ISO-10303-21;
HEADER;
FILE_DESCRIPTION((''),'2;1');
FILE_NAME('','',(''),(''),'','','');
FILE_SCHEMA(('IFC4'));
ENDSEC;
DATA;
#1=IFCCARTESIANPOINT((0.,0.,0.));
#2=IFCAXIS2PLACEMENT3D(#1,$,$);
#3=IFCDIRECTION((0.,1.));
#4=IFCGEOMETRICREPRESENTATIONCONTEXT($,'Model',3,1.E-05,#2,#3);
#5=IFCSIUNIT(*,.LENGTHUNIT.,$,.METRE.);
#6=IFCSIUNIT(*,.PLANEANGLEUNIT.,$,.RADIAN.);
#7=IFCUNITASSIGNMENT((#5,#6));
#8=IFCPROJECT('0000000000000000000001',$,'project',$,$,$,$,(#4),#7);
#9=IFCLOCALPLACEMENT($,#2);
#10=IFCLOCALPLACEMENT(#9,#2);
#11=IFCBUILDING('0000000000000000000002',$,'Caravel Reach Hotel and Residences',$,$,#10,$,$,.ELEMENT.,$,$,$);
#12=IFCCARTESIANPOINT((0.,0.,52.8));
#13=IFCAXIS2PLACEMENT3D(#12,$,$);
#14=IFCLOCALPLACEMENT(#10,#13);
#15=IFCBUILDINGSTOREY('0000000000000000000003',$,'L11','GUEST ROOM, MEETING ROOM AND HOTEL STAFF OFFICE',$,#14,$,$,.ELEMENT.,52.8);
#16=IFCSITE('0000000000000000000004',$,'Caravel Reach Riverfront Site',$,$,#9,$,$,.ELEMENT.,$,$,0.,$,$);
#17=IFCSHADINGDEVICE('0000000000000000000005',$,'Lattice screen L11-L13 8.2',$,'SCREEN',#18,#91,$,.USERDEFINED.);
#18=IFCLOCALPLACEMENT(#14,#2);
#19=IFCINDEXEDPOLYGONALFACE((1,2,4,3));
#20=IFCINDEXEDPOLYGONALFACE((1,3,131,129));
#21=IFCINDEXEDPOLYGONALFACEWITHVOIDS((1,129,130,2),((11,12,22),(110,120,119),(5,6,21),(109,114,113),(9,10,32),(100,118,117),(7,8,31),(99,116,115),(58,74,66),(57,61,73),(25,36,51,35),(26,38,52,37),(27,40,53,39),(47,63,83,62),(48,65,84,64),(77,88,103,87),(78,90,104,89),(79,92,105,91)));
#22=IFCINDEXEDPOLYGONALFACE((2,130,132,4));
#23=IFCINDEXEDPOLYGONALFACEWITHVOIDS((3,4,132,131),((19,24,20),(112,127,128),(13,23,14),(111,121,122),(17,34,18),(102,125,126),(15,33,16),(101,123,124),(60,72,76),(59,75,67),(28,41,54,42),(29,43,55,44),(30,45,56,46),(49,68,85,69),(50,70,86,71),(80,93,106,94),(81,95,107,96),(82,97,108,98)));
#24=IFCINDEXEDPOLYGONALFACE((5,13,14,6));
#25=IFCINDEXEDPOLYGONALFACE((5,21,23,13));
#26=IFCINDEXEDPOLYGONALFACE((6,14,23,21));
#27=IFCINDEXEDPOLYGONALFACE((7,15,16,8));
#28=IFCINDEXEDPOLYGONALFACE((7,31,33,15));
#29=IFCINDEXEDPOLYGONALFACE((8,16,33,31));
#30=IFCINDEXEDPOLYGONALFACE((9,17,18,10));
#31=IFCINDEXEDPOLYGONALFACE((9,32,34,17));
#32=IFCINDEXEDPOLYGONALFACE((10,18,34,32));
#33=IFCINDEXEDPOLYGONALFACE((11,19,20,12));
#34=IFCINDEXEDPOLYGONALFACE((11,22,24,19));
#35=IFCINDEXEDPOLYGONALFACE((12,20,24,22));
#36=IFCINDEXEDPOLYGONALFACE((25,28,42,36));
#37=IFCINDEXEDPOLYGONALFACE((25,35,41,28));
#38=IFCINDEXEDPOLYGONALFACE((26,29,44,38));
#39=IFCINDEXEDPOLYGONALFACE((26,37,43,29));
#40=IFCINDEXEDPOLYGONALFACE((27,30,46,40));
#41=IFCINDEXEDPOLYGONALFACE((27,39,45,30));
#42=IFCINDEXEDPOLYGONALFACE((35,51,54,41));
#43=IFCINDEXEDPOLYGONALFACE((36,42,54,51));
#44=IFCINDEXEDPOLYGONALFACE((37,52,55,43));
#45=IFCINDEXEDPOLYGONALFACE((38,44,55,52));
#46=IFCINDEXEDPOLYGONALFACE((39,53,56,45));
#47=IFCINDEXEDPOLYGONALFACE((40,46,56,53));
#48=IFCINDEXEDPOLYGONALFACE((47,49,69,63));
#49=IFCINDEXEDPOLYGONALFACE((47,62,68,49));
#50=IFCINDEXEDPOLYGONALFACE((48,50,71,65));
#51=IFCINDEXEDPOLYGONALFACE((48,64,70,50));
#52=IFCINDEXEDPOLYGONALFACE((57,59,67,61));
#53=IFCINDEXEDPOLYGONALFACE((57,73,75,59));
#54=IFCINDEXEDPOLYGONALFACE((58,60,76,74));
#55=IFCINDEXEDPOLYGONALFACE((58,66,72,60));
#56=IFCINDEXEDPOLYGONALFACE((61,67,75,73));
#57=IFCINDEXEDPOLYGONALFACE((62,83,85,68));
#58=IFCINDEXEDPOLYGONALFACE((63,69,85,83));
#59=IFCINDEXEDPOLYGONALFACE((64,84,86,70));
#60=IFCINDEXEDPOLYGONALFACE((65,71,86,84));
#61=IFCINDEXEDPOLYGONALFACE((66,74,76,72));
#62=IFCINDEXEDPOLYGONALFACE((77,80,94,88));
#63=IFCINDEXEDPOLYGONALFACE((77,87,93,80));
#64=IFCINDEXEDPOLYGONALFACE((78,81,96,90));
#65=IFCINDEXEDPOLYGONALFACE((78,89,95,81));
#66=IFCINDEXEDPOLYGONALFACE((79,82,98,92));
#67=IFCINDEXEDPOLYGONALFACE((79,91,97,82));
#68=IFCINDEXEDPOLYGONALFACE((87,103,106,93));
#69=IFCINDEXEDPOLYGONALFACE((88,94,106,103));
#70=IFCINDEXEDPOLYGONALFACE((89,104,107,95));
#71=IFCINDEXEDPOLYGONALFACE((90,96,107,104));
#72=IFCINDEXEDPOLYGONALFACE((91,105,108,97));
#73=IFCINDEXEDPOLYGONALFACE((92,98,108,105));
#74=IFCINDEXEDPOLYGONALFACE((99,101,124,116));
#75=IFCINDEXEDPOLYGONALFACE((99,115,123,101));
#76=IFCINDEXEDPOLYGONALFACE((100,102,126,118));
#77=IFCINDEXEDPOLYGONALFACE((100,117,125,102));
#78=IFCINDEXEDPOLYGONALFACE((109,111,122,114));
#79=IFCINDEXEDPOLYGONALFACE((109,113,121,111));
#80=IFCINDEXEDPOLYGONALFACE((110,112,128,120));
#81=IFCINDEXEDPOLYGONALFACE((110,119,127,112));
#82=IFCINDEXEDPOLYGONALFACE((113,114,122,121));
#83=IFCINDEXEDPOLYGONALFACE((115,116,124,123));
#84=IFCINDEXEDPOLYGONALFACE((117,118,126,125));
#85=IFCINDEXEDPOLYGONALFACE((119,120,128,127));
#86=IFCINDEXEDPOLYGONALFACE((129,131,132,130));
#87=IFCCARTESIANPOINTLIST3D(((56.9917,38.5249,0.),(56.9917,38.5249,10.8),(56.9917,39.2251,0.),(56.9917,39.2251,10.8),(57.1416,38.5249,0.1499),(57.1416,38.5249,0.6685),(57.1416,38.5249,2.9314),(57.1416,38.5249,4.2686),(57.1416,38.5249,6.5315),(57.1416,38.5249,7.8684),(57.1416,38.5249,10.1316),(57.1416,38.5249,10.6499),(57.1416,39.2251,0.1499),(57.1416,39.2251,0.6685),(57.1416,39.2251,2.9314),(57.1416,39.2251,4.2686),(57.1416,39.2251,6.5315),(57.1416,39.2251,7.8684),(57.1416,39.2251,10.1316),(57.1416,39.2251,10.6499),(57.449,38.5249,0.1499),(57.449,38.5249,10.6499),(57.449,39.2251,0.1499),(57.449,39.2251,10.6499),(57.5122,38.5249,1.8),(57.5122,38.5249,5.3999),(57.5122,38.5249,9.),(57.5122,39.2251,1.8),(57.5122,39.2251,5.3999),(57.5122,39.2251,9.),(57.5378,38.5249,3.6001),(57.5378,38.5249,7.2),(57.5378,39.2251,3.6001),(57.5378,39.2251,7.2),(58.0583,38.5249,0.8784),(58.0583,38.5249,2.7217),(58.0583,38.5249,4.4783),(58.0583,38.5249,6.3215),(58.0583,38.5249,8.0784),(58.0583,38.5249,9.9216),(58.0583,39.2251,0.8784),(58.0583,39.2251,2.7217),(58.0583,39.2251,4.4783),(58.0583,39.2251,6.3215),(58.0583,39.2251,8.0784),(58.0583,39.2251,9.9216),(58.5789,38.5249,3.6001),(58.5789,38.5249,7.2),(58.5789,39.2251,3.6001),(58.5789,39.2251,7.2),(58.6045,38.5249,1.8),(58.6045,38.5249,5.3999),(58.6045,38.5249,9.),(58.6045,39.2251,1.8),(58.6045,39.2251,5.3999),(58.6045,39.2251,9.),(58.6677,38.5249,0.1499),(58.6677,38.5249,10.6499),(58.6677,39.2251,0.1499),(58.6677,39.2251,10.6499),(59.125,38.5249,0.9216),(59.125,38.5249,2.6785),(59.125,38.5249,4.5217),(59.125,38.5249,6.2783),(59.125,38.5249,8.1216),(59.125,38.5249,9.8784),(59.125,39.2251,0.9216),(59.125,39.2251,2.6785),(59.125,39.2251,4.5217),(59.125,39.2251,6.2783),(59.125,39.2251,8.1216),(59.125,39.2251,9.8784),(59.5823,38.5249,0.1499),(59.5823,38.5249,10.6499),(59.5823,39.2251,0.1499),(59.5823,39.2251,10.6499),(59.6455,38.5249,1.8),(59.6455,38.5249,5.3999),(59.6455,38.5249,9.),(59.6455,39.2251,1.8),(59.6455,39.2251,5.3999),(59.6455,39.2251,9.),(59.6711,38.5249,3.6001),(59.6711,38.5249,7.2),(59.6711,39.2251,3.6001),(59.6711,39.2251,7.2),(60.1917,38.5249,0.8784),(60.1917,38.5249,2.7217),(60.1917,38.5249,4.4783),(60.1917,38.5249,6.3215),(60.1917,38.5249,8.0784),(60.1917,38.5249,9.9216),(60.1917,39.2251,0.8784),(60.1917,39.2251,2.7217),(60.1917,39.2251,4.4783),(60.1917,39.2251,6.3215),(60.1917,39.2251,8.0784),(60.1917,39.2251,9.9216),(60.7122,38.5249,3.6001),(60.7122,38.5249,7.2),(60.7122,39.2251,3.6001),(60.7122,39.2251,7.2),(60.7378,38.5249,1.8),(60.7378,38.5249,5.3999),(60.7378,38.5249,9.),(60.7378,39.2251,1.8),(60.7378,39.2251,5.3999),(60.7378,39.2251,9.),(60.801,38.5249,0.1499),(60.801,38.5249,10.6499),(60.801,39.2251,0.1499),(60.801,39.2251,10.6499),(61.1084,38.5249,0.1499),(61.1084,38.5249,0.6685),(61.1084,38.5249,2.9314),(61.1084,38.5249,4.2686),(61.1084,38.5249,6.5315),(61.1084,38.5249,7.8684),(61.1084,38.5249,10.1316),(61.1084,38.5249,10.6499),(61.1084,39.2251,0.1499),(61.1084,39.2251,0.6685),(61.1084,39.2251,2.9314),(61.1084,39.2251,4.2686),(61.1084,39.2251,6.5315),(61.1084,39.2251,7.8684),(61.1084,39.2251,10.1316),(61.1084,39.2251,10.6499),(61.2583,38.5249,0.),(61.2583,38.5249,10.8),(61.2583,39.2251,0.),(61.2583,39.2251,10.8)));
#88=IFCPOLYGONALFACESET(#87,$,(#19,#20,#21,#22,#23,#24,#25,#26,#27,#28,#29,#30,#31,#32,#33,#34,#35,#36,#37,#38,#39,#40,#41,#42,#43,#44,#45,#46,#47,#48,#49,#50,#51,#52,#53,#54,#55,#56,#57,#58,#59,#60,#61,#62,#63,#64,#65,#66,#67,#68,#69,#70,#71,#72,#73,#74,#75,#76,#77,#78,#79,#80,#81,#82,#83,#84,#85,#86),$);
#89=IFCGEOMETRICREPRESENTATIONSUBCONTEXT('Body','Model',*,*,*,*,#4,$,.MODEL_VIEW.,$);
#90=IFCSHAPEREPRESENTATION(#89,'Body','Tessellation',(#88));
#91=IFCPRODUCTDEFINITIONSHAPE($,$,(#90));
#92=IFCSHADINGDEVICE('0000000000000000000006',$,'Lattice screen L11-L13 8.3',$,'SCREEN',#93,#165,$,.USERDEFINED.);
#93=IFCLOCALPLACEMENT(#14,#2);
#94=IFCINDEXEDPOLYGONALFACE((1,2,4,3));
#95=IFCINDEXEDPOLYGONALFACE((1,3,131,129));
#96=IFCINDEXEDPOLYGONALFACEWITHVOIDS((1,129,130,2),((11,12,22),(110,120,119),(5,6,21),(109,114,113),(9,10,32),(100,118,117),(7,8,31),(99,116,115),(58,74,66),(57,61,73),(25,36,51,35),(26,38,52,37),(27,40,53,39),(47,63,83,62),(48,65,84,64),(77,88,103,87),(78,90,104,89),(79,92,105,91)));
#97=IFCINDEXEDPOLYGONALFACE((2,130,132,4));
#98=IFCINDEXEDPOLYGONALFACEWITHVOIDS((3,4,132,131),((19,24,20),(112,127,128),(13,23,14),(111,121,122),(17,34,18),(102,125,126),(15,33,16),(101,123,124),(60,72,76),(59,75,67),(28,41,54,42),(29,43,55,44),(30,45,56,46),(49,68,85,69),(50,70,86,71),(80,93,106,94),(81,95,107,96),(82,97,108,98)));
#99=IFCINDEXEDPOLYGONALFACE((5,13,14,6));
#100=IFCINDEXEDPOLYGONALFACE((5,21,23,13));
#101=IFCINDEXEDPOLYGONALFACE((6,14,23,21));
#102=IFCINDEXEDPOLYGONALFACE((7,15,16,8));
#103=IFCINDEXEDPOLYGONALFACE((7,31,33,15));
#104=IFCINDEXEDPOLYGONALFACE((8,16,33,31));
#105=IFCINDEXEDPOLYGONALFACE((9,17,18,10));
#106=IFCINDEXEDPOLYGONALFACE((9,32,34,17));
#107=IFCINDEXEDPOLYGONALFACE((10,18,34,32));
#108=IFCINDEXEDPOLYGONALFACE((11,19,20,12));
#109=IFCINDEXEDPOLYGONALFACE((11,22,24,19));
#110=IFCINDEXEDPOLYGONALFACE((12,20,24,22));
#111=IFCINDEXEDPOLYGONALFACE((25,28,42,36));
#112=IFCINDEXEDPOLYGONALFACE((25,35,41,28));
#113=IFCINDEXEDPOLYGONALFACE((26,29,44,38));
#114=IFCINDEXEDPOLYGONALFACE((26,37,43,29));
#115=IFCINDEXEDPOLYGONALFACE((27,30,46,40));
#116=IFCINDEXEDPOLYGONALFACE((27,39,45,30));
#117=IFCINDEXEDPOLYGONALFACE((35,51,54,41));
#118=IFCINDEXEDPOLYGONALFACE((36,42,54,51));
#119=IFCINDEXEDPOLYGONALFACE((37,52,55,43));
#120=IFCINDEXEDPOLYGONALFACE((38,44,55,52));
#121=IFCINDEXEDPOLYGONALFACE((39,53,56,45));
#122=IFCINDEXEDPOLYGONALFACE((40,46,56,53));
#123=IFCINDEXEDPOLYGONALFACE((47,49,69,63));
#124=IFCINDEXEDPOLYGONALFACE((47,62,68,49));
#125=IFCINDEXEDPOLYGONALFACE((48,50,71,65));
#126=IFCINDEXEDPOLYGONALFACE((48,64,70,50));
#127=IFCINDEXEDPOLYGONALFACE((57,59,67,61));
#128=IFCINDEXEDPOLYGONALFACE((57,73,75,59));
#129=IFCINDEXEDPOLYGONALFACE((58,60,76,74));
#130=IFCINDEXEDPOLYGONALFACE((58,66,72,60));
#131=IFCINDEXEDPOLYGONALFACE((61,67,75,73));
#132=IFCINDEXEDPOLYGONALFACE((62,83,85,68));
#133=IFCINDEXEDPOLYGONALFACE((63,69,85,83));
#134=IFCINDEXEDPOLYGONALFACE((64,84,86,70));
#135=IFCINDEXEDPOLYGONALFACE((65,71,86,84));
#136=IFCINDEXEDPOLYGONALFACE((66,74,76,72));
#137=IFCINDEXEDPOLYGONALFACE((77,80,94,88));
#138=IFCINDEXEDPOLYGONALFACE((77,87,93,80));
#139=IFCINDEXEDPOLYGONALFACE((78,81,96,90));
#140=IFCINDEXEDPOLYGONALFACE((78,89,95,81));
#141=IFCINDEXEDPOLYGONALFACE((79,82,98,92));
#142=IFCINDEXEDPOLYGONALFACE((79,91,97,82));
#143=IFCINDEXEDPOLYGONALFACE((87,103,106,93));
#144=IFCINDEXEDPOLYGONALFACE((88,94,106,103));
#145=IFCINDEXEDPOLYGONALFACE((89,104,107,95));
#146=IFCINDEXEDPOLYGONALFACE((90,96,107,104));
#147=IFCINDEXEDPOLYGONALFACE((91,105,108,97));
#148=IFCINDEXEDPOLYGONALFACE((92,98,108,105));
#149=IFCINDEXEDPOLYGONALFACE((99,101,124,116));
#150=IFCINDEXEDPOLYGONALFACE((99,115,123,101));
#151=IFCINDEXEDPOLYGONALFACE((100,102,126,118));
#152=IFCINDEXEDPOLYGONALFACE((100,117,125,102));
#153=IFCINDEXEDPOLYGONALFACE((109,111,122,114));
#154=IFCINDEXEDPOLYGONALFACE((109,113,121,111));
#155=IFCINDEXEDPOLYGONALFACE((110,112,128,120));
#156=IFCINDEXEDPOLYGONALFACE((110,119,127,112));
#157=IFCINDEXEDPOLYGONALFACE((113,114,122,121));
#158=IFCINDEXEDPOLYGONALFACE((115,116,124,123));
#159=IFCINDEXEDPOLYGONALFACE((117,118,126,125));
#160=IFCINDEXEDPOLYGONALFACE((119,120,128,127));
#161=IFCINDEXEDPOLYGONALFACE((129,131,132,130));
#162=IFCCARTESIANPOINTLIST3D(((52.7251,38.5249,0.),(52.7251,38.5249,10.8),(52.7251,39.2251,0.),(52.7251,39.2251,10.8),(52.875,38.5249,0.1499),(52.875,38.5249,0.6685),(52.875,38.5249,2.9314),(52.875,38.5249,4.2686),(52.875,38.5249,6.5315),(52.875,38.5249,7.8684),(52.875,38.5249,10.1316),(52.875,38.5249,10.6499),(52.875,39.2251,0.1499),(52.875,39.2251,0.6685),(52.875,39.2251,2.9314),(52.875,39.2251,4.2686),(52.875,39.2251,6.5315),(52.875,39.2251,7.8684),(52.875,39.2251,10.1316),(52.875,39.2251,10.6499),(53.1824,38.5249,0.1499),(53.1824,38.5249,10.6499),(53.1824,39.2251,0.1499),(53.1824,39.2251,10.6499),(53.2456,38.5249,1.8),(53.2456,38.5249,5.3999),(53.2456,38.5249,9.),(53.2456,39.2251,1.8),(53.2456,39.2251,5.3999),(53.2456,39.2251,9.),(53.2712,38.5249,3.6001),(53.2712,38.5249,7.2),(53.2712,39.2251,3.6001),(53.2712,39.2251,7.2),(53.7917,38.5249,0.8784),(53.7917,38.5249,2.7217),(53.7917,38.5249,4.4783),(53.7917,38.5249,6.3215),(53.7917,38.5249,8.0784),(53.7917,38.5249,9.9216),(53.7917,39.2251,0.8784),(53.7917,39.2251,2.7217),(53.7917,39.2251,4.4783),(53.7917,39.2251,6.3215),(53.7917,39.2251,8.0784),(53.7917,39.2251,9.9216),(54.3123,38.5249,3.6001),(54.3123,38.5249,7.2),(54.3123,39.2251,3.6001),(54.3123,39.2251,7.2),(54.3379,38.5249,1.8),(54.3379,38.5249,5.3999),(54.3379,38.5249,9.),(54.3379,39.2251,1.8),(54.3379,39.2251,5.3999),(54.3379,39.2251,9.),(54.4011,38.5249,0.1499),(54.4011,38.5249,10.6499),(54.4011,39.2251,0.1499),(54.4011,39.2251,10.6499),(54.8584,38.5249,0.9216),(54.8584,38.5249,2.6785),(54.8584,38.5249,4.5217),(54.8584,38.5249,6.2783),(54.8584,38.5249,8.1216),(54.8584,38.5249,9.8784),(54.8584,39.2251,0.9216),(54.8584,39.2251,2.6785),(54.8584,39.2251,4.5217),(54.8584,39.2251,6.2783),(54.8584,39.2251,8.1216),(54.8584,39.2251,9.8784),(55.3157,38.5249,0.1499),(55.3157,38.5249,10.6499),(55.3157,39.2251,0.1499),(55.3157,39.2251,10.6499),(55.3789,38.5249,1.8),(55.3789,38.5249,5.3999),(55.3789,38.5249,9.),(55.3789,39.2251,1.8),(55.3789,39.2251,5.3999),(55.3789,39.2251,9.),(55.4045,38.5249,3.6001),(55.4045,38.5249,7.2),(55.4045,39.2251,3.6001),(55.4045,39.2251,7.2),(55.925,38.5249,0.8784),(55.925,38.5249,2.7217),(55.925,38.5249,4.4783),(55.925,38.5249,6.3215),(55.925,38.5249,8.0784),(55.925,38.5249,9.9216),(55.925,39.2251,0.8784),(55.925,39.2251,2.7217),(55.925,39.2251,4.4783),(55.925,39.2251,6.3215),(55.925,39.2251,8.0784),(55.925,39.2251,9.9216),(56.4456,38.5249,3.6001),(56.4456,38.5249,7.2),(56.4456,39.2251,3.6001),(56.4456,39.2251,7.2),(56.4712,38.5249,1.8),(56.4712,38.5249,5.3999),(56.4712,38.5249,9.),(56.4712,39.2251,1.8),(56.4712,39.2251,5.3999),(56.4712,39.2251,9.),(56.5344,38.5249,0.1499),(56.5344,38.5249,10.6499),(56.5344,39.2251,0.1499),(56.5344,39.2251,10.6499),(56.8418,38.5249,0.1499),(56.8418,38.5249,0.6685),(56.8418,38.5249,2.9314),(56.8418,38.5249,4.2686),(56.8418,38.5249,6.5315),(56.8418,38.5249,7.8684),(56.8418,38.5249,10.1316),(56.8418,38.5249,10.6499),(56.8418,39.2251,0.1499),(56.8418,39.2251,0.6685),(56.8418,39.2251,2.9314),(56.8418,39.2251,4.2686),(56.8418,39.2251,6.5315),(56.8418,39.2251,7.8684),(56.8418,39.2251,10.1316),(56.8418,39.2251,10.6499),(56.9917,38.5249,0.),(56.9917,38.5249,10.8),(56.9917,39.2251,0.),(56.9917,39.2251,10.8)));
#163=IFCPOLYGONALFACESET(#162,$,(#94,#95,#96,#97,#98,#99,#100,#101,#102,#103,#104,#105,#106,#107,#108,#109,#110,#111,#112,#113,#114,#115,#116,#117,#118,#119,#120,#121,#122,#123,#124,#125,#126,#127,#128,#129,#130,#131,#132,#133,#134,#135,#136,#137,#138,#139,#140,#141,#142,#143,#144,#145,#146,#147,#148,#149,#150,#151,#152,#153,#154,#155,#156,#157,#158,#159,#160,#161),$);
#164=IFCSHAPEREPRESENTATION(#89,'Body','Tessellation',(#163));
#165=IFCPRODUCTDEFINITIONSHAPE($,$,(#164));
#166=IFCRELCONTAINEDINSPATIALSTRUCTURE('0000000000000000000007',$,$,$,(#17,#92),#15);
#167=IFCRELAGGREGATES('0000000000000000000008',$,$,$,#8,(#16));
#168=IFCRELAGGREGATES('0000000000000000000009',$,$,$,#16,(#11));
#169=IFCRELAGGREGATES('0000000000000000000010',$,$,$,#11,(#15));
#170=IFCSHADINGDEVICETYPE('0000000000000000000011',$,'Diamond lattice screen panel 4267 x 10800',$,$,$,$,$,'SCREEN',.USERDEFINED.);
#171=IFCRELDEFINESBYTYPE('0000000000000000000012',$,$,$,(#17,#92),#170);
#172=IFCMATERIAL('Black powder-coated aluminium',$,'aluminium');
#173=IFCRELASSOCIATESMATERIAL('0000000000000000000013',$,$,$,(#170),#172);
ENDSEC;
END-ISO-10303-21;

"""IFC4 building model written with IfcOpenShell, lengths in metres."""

from ifc_helpers import new_model, si_unit, direction, frame, origin, place, context, subcontext, project, spatial, polyline, outline, extrude, material, type_object, element, save


model = new_model("IFC4")

# Units and contexts
model_context = context("Model", 3, precision=1e-05, world=origin(), true_north=direction((0.0, 1.0)))
body_context = subcontext(model_context, "Body", "Model", "MODEL_VIEW")
ifc_project = project(units=[si_unit("LENGTHUNIT", "METRE"), si_unit("PLANEANGLEUNIT", "RADIAN")], contexts=[model_context])

# Site, building, storey
site_placement = place(None, origin())
site = spatial("IfcSite", under=ifc_project, at=site_placement, Name="Caravel Reach Riverfront Site", CompositionType="ELEMENT", RefElevation=0.0)
building_placement = place(site_placement, origin())
building = spatial("IfcBuilding", under=site, at=building_placement, Name="Caravel Reach Hotel and Residences", CompositionType="ELEMENT")
storey_placement = place(building_placement, frame((0.0, 0.0, 52.8)))
storey = spatial("IfcBuildingStorey", under=building, at=storey_placement, Name="L11", Description="GUEST ROOM, MEETING ROOM AND HOTEL STAFF OFFICE", CompositionType="ELEMENT", Elevation=52.8)

# Shading devices
ifc_material_1 = material(Name="Black powder-coated aluminium", Category="aluminium")
shading_device_type = type_object("IfcShadingDeviceType", Name="Diamond lattice screen panel 4267 x 10800", ElementType="SCREEN", PredefinedType="USERDEFINED", material=ifc_material_1)
shading_device_1_placement = place(storey_placement, frame((61.2583, 38.5249, 0.0), z_axis=(0.0, 1.0, 0.0), x_axis=(-1.0, 0.0, 0.0)))
element("IfcShadingDevice", 1, at=shading_device_1_placement, inside=storey, type_object=shading_device_type, Name="Lattice screen L11-L13 8.2", ObjectType="SCREEN", PredefinedType="USERDEFINED", context=body_context, shape_type="SweptSolid", body=[
    extrude(outline(polyline([(0.0, 0.0), (4.2666, 0.0), (4.2666, 10.8), (0.0, 10.8), (0.0, 0.0)]), holes=[polyline([(0.4573, 0.1499), (0.1499, 0.6685), (0.1499, 0.1499), (0.4573, 0.1499)]), polyline([(0.5461, 3.6001), (0.1499, 4.2686), (0.1499, 2.9314), (0.5461, 3.6001)]), polyline([(0.5461, 7.2), (0.1499, 7.8684), (0.1499, 6.5315), (0.5461, 7.2)]), polyline([(0.1499, 10.1316), (0.4573, 10.6499), (0.1499, 10.6499), (0.1499, 10.1316)]), polyline([(1.0667, 2.7217), (0.5205, 1.8), (1.0667, 0.8784), (1.6128, 1.8), (1.0667, 2.7217)]), polyline([(1.0667, 6.3215), (0.5205, 5.3999), (1.0667, 4.4783), (1.6128, 5.3999), (1.0667, 6.3215)]), polyline([(1.0667, 9.9216), (0.5205, 9.0), (1.0667, 8.0784), (1.6128, 9.0), (1.0667, 9.9216)]), polyline([(2.1333, 0.9216), (1.676, 0.1499), (2.5906, 0.1499), (2.1333, 0.9216)]), polyline([(2.1333, 4.5217), (1.5872, 3.6001), (2.1333, 2.6785), (2.6794, 3.6001), (2.1333, 4.5217)]), polyline([(2.1333, 8.1216), (1.5872, 7.2), (2.1333, 6.2783), (2.6794, 7.2), (2.1333, 8.1216)]), polyline([(2.1333, 9.8784), (2.5906, 10.6499), (1.676, 10.6499), (2.1333, 9.8784)]), polyline([(3.2, 2.7217), (2.6538, 1.8), (3.2, 0.8784), (3.7461, 1.8), (3.2, 2.7217)]), polyline([(3.2, 6.3215), (2.6538, 5.3999), (3.2, 4.4783), (3.7461, 5.3999), (3.2, 6.3215)]), polyline([(3.2, 9.9216), (2.6538, 9.0), (3.2, 8.0784), (3.7461, 9.0), (3.2, 9.9216)]), polyline([(4.1167, 0.6685), (3.8093, 0.1499), (4.1167, 0.1499), (4.1167, 0.6685)]), polyline([(3.7205, 3.6001), (4.1167, 2.9314), (4.1167, 4.2686), (3.7205, 3.6001)]), polyline([(3.7205, 7.2), (4.1167, 6.5315), (4.1167, 7.8684), (3.7205, 7.2)]), polyline([(3.8093, 10.6499), (4.1167, 10.1316), (4.1167, 10.6499), (3.8093, 10.6499)])]), origin(), (0.0, 0.0, 1.0), 0.7002),
])
shading_device_2_placement = place(storey_placement, frame((56.9917, 38.5249, 0.0), z_axis=(0.0, 1.0, 0.0), x_axis=(-1.0, 0.0, 0.0)))
element("IfcShadingDevice", 2, at=shading_device_2_placement, inside=storey, type_object=shading_device_type, Name="Lattice screen L11-L13 8.3", ObjectType="SCREEN", PredefinedType="USERDEFINED", context=body_context, shape_type="SweptSolid", body=[
    extrude(outline(polyline([(0.0, 0.0), (4.2666, 0.0), (4.2666, 10.8), (0.0, 10.8), (0.0, 0.0)]), holes=[polyline([(0.4573, 0.1499), (0.1499, 0.6685), (0.1499, 0.1499), (0.4573, 0.1499)]), polyline([(0.5461, 3.6001), (0.1499, 4.2686), (0.1499, 2.9314), (0.5461, 3.6001)]), polyline([(0.5461, 7.2), (0.1499, 7.8684), (0.1499, 6.5315), (0.5461, 7.2)]), polyline([(0.1499, 10.1316), (0.4573, 10.6499), (0.1499, 10.6499), (0.1499, 10.1316)]), polyline([(1.0667, 2.7217), (0.5205, 1.8), (1.0667, 0.8784), (1.6128, 1.8), (1.0667, 2.7217)]), polyline([(1.0667, 6.3215), (0.5205, 5.3999), (1.0667, 4.4783), (1.6128, 5.3999), (1.0667, 6.3215)]), polyline([(1.0667, 9.9216), (0.5205, 9.0), (1.0667, 8.0784), (1.6128, 9.0), (1.0667, 9.9216)]), polyline([(2.1333, 0.9216), (1.676, 0.1499), (2.5906, 0.1499), (2.1333, 0.9216)]), polyline([(2.1333, 4.5217), (1.5872, 3.6001), (2.1333, 2.6785), (2.6794, 3.6001), (2.1333, 4.5217)]), polyline([(2.1333, 8.1216), (1.5872, 7.2), (2.1333, 6.2783), (2.6794, 7.2), (2.1333, 8.1216)]), polyline([(2.1333, 9.8784), (2.5906, 10.6499), (1.676, 10.6499), (2.1333, 9.8784)]), polyline([(3.2, 2.7217), (2.6538, 1.8), (3.2, 0.8784), (3.7461, 1.8), (3.2, 2.7217)]), polyline([(3.2, 6.3215), (2.6538, 5.3999), (3.2, 4.4783), (3.7461, 5.3999), (3.2, 6.3215)]), polyline([(3.2, 9.9216), (2.6538, 9.0), (3.2, 8.0784), (3.7461, 9.0), (3.2, 9.9216)]), polyline([(4.1167, 0.6685), (3.8093, 0.1499), (4.1167, 0.1499), (4.1167, 0.6685)]), polyline([(3.7205, 3.6001), (4.1167, 2.9314), (4.1167, 4.2686), (3.7205, 3.6001)]), polyline([(3.7205, 7.2), (4.1167, 6.5315), (4.1167, 7.8684), (3.7205, 7.2)]), polyline([(3.8093, 10.6499), (4.1167, 10.1316), (4.1167, 10.6499), (3.8093, 10.6499)])]), origin(), (0.0, 0.0, 1.0), 0.7002),
])

save(model, "model.ifc")
